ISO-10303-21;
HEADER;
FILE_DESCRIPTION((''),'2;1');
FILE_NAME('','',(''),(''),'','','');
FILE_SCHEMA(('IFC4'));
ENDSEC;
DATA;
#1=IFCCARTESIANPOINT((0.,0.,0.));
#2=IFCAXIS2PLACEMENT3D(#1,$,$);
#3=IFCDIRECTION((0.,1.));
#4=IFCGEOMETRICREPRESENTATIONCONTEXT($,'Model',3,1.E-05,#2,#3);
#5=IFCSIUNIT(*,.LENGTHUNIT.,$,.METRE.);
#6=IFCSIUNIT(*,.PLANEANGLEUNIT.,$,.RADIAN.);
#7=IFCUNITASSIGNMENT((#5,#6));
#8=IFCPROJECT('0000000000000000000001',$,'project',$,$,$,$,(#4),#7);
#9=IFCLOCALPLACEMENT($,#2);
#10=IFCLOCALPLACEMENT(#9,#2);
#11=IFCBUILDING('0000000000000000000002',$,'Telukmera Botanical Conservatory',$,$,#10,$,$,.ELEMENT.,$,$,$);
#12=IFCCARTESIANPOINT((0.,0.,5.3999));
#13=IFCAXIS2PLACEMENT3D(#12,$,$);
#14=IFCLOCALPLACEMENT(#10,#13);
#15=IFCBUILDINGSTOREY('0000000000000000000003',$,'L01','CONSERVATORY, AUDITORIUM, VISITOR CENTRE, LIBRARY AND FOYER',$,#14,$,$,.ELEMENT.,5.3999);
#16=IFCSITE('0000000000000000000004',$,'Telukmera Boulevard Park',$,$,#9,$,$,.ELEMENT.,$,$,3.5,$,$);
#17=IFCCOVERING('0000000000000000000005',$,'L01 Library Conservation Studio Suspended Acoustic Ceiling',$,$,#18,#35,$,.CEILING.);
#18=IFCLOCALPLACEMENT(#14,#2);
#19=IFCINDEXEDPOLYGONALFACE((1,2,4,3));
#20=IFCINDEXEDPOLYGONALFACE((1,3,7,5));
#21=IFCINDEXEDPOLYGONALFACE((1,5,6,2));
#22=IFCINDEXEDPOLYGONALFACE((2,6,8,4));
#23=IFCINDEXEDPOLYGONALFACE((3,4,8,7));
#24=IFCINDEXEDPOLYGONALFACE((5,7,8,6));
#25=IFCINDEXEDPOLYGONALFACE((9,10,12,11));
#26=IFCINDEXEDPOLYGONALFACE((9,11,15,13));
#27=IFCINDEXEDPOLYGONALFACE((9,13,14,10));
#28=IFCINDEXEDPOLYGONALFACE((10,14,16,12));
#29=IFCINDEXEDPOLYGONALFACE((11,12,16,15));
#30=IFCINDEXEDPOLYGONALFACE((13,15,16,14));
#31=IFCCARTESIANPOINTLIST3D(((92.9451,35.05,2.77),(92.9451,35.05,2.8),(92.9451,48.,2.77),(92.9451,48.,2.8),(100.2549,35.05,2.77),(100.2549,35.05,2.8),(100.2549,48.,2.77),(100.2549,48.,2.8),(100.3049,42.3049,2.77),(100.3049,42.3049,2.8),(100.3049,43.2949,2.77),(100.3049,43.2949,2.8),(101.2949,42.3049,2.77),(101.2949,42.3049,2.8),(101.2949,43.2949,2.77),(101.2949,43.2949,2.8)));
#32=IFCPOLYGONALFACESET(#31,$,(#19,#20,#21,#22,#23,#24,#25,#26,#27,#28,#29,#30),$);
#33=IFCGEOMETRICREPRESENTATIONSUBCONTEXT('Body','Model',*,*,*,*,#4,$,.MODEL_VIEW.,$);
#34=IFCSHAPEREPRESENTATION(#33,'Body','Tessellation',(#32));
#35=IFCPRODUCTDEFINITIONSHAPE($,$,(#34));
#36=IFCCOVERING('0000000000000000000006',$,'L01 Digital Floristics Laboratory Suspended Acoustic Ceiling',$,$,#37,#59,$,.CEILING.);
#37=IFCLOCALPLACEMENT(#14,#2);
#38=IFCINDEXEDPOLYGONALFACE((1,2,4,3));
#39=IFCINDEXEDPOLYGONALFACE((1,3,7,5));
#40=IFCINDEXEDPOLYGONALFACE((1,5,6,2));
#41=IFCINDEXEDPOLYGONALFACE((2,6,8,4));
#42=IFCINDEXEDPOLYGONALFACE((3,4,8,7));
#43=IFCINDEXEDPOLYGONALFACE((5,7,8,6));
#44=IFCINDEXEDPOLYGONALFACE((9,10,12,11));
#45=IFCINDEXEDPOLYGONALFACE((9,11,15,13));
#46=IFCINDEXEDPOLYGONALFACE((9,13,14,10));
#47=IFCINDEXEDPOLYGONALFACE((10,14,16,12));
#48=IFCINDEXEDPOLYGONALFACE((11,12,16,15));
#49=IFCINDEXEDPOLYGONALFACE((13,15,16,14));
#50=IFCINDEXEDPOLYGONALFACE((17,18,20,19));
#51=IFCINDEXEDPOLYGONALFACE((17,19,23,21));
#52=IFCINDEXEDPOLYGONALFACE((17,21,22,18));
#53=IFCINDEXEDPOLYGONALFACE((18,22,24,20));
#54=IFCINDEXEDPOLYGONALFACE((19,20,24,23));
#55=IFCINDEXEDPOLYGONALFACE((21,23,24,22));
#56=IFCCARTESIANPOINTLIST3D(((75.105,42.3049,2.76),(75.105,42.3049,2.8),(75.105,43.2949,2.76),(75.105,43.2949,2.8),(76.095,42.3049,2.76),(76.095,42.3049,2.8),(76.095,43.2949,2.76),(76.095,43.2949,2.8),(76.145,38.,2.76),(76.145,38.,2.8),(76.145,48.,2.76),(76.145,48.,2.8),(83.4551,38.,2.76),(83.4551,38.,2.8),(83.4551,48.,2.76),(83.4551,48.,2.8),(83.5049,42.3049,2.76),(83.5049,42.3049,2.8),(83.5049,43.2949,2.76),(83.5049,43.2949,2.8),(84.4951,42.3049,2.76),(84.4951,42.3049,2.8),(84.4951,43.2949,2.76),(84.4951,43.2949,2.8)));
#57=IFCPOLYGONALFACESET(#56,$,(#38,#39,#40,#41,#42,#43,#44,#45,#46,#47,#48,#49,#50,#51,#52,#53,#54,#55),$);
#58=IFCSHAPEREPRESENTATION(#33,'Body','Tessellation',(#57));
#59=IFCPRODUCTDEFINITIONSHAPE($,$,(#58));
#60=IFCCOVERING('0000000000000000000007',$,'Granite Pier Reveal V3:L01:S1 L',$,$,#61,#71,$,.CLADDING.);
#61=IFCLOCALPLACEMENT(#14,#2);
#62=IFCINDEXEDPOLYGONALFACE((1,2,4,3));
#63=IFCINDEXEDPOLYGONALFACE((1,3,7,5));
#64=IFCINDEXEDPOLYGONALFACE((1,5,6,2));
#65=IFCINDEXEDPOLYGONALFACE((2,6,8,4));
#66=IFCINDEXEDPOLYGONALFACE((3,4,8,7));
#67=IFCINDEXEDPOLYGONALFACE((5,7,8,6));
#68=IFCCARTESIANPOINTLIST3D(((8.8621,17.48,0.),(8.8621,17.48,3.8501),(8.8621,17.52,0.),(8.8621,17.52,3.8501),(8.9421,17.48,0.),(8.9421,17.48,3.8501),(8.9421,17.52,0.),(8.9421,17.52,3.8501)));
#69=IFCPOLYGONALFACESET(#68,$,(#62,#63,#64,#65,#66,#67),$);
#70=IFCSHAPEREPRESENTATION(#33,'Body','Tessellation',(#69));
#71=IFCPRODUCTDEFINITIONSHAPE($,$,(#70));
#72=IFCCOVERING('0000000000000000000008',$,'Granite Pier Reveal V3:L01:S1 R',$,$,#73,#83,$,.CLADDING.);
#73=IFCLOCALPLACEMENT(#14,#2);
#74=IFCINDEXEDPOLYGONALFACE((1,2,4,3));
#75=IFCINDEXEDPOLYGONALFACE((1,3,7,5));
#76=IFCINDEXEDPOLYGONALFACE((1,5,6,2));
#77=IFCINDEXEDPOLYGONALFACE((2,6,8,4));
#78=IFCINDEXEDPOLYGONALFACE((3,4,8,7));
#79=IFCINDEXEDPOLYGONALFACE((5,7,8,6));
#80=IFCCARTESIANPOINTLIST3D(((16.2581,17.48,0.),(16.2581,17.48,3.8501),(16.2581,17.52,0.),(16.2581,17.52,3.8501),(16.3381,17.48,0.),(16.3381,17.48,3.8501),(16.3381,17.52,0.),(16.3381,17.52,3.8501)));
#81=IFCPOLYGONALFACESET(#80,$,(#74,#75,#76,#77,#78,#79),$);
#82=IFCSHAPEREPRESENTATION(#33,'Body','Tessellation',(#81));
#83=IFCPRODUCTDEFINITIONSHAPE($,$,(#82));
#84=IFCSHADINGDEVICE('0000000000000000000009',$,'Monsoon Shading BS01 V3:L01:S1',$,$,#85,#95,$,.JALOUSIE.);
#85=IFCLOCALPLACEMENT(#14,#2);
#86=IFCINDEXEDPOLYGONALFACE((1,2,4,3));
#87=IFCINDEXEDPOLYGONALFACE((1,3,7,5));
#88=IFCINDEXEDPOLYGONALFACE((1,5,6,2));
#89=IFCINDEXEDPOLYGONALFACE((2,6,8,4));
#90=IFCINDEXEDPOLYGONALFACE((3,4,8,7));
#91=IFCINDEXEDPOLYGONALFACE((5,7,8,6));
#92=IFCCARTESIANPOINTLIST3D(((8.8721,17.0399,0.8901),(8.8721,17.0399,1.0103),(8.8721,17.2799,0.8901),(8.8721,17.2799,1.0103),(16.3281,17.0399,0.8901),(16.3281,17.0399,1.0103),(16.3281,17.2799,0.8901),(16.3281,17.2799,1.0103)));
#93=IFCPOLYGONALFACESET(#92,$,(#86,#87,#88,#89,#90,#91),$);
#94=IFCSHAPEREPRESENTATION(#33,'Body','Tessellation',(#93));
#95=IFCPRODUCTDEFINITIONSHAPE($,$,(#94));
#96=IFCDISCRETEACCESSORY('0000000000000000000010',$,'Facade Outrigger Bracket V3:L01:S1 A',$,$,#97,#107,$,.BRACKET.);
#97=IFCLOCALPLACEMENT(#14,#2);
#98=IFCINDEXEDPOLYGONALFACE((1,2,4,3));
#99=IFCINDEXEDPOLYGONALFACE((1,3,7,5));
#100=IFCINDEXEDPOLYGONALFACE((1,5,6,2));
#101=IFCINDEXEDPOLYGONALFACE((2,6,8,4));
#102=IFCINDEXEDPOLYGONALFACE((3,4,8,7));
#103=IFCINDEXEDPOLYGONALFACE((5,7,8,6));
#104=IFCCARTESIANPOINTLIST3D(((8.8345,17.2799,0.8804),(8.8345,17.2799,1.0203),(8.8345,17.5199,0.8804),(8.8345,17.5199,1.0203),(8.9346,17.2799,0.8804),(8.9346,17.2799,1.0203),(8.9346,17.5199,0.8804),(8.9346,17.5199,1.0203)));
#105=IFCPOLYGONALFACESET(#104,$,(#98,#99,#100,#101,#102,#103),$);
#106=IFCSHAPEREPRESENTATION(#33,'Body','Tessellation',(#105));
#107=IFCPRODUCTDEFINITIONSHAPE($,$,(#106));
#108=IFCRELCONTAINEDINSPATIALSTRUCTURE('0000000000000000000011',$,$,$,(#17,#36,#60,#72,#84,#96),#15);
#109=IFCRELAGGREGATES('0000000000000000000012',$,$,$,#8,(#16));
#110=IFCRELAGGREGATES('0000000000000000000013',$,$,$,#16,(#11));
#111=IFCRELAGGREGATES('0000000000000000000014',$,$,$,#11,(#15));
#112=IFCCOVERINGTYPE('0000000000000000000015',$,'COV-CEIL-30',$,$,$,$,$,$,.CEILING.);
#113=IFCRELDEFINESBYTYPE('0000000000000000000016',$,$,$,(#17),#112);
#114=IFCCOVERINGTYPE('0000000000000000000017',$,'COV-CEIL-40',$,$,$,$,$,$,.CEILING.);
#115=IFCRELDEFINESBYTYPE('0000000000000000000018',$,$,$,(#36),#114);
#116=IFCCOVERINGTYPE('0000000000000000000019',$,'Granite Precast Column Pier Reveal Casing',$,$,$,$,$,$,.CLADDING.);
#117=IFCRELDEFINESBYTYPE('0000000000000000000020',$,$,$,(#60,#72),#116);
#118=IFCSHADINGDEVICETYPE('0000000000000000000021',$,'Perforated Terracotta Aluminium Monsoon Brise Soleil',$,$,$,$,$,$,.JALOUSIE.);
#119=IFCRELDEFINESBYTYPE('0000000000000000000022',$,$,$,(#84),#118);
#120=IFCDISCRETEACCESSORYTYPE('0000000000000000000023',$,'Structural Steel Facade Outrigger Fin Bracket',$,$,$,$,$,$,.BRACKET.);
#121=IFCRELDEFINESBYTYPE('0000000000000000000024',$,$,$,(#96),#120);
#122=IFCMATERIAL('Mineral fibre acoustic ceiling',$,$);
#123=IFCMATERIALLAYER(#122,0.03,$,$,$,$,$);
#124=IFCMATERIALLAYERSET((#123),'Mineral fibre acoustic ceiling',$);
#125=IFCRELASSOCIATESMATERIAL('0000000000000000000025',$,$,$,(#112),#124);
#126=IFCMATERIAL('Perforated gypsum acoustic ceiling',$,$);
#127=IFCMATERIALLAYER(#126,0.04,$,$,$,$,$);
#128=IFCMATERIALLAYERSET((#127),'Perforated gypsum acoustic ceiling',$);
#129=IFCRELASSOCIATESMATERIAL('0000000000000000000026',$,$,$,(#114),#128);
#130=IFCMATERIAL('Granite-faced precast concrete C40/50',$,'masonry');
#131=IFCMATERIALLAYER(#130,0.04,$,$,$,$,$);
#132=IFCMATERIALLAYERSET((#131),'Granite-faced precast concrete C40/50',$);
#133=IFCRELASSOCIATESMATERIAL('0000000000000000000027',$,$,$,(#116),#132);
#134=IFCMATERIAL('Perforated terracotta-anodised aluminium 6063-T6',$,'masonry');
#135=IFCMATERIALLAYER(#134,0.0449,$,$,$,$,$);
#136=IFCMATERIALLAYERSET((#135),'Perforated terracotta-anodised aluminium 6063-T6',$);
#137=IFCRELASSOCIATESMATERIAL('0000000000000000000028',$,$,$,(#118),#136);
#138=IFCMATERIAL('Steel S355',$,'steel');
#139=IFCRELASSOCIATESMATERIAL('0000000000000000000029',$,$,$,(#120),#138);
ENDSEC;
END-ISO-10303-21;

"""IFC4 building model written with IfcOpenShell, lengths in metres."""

from ifc_helpers import new_model, si_unit, direction, frame, origin, origin_2d, place, context, subcontext, project, spatial, polyline, rectangle, outline, extrude, material, layer, layer_set, type_object, element, save


model = new_model("IFC4")

# Units and contexts
model_context = context("Model", 3, precision=1e-05, world=origin(), true_north=direction((0.0, 1.0)))
body_context = subcontext(model_context, "Body", "Model", "MODEL_VIEW")
ifc_project = project(units=[si_unit("LENGTHUNIT", "METRE"), si_unit("PLANEANGLEUNIT", "RADIAN")], contexts=[model_context])

# Site, building, storey
site_placement = place(None, origin())
site = spatial("IfcSite", under=ifc_project, at=site_placement, Name="Telukmera Boulevard Park", CompositionType="ELEMENT", RefElevation=3.5)
building_placement = place(site_placement, origin())
building = spatial("IfcBuilding", under=site, at=building_placement, Name="Telukmera Botanical Conservatory", CompositionType="ELEMENT")
storey_placement = place(building_placement, frame((0.0, 0.0, 5.3999)))
storey = spatial("IfcBuildingStorey", under=building, at=storey_placement, Name="L01", Description="CONSERVATORY, AUDITORIUM, VISITOR CENTRE, LIBRARY AND FOYER", CompositionType="ELEMENT", Elevation=5.3999)

# Shared definitions
ifc_material_1 = material(Name="Steel S355", Category="steel")

# Coverings
ifc_material_2 = material(Name="Mineral fibre acoustic ceiling")
ifc_layer_1 = layer(ifc_material_2, 0.03)
ifc_layer_set_1 = layer_set([ifc_layer_1], Name="Mineral fibre acoustic ceiling")
covering_type_1 = type_object("IfcCoveringType", Name="COV-CEIL-30", PredefinedType="CEILING", material=ifc_layer_set_1)
covering_1_placement = place(storey_placement, frame((0.0, 0.0, 2.77)))
element("IfcCovering", 1, at=covering_1_placement, inside=storey, type_object=covering_type_1, Name="L01 Library Conservation Studio Suspended Acoustic Ceiling", PredefinedType="CEILING", context=body_context, shape_type="SweptSolid", body=[
    extrude(outline(polyline([(92.9451, 35.05), (100.2549, 35.05), (100.2549, 48.0), (92.9451, 48.0), (92.9451, 35.05)]), holes=[polyline([(100.3049, 42.3049), (101.2949, 42.3049), (101.2949, 43.2949), (100.3049, 43.2949), (100.3049, 42.3049)])]), origin(), (0.0, 0.0, 1.0), 0.03),
])
ifc_material_3 = material(Name="Perforated gypsum acoustic ceiling")
ifc_layer_2 = layer(ifc_material_3, 0.04)
ifc_layer_set_2 = layer_set([ifc_layer_2], Name="Perforated gypsum acoustic ceiling")
covering_type_2 = type_object("IfcCoveringType", Name="COV-CEIL-40", PredefinedType="CEILING", material=ifc_layer_set_2)
covering_2_placement = place(storey_placement, frame((0.0, 0.0, 2.76)))
element("IfcCovering", 2, at=covering_2_placement, inside=storey, type_object=covering_type_2, Name="L01 Digital Floristics Laboratory Suspended Acoustic Ceiling", PredefinedType="CEILING", context=body_context, shape_type="SweptSolid", body=[
    extrude(outline(polyline([(76.145, 38.0), (83.4551, 38.0), (83.4551, 48.0), (76.145, 48.0), (76.145, 38.0)]), holes=[polyline([(75.105, 42.3049), (76.095, 42.3049), (76.095, 43.2949), (75.105, 43.2949), (75.105, 42.3049)]), polyline([(83.5049, 42.3049), (84.4951, 42.3049), (84.4951, 43.2949), (83.5049, 43.2949), (83.5049, 42.3049)])]), origin(), (0.0, 0.0, 1.0), 0.04),
])
ifc_material_4 = material(Name="Granite-faced precast concrete C40/50", Category="masonry")
ifc_layer_3 = layer(ifc_material_4, 0.04)
ifc_layer_set_3 = layer_set([ifc_layer_3], Name="Granite-faced precast concrete C40/50")
covering_type_3 = type_object("IfcCoveringType", Name="Granite Precast Column Pier Reveal Casing", PredefinedType="CLADDING", material=ifc_layer_set_3)
for number, where, z_axis, x_axis, name in (
    (3, (8.9021, 17.5, 0.0), (0.0, 0.0, 1.0), (1.0, 0.0, 0.0), "Granite Pier Reveal V3:L01:S1 L"),
    (4, (16.2981, 17.5, 0.0), (0.0, 0.0, 1.0), (1.0, 0.0, 0.0), "Granite Pier Reveal V3:L01:S1 R"),
):
    element("IfcCovering", number, at=place(storey_placement, frame(where, z_axis=z_axis, x_axis=x_axis)), inside=storey, type_object=covering_type_3, Name=name, PredefinedType="CLADDING", context=body_context, shape_type="SweptSolid", body=[
        extrude(rectangle(XDim=0.0801, YDim=0.04, at=origin_2d()), origin(), (0.0, 0.0, 1.0), 3.8501),
    ])

# Shading device
ifc_material_5 = material(Name="Perforated terracotta-anodised aluminium 6063-T6", Category="masonry")
ifc_layer_4 = layer(ifc_material_5, 0.0449)
ifc_layer_set_4 = layer_set([ifc_layer_4], Name="Perforated terracotta-anodised aluminium 6063-T6")
shading_device_type = type_object("IfcShadingDeviceType", Name="Perforated Terracotta Aluminium Monsoon Brise Soleil", PredefinedType="JALOUSIE", material=ifc_layer_set_4)
shading_device_placement = place(storey_placement, frame((12.6001, 17.1599, 0.8901), z_axis=(0.0, 0.0, 1.0), x_axis=(1.0, 0.0, 0.0)))
element("IfcShadingDevice", 5, at=shading_device_placement, inside=storey, type_object=shading_device_type, Name="Monsoon Shading BS01 V3:L01:S1", PredefinedType="JALOUSIE", context=body_context, shape_type="SweptSolid", body=[
    extrude(rectangle(XDim=7.4561, YDim=0.24, at=origin_2d()), origin(), (0.0, 0.0, 1.0), 0.1201),
])

# Discrete accessory
discrete_accessory_type = type_object("IfcDiscreteAccessoryType", Name="Structural Steel Facade Outrigger Fin Bracket", PredefinedType="BRACKET", material=ifc_material_1)
discrete_accessory_placement = place(storey_placement, frame((8.8845, 17.3999, 0.8804), z_axis=(0.0, 0.0, 1.0), x_axis=(1.0, 0.0, 0.0)))
element("IfcDiscreteAccessory", 6, at=discrete_accessory_placement, inside=storey, type_object=discrete_accessory_type, Name="Facade Outrigger Bracket V3:L01:S1 A", PredefinedType="BRACKET", context=body_context, shape_type="SweptSolid", body=[
    extrude(rectangle(XDim=0.1001, YDim=0.24, at=origin_2d()), origin(), (0.0, 0.0, 1.0), 0.1399),
])

save(model, "model.ifc")
